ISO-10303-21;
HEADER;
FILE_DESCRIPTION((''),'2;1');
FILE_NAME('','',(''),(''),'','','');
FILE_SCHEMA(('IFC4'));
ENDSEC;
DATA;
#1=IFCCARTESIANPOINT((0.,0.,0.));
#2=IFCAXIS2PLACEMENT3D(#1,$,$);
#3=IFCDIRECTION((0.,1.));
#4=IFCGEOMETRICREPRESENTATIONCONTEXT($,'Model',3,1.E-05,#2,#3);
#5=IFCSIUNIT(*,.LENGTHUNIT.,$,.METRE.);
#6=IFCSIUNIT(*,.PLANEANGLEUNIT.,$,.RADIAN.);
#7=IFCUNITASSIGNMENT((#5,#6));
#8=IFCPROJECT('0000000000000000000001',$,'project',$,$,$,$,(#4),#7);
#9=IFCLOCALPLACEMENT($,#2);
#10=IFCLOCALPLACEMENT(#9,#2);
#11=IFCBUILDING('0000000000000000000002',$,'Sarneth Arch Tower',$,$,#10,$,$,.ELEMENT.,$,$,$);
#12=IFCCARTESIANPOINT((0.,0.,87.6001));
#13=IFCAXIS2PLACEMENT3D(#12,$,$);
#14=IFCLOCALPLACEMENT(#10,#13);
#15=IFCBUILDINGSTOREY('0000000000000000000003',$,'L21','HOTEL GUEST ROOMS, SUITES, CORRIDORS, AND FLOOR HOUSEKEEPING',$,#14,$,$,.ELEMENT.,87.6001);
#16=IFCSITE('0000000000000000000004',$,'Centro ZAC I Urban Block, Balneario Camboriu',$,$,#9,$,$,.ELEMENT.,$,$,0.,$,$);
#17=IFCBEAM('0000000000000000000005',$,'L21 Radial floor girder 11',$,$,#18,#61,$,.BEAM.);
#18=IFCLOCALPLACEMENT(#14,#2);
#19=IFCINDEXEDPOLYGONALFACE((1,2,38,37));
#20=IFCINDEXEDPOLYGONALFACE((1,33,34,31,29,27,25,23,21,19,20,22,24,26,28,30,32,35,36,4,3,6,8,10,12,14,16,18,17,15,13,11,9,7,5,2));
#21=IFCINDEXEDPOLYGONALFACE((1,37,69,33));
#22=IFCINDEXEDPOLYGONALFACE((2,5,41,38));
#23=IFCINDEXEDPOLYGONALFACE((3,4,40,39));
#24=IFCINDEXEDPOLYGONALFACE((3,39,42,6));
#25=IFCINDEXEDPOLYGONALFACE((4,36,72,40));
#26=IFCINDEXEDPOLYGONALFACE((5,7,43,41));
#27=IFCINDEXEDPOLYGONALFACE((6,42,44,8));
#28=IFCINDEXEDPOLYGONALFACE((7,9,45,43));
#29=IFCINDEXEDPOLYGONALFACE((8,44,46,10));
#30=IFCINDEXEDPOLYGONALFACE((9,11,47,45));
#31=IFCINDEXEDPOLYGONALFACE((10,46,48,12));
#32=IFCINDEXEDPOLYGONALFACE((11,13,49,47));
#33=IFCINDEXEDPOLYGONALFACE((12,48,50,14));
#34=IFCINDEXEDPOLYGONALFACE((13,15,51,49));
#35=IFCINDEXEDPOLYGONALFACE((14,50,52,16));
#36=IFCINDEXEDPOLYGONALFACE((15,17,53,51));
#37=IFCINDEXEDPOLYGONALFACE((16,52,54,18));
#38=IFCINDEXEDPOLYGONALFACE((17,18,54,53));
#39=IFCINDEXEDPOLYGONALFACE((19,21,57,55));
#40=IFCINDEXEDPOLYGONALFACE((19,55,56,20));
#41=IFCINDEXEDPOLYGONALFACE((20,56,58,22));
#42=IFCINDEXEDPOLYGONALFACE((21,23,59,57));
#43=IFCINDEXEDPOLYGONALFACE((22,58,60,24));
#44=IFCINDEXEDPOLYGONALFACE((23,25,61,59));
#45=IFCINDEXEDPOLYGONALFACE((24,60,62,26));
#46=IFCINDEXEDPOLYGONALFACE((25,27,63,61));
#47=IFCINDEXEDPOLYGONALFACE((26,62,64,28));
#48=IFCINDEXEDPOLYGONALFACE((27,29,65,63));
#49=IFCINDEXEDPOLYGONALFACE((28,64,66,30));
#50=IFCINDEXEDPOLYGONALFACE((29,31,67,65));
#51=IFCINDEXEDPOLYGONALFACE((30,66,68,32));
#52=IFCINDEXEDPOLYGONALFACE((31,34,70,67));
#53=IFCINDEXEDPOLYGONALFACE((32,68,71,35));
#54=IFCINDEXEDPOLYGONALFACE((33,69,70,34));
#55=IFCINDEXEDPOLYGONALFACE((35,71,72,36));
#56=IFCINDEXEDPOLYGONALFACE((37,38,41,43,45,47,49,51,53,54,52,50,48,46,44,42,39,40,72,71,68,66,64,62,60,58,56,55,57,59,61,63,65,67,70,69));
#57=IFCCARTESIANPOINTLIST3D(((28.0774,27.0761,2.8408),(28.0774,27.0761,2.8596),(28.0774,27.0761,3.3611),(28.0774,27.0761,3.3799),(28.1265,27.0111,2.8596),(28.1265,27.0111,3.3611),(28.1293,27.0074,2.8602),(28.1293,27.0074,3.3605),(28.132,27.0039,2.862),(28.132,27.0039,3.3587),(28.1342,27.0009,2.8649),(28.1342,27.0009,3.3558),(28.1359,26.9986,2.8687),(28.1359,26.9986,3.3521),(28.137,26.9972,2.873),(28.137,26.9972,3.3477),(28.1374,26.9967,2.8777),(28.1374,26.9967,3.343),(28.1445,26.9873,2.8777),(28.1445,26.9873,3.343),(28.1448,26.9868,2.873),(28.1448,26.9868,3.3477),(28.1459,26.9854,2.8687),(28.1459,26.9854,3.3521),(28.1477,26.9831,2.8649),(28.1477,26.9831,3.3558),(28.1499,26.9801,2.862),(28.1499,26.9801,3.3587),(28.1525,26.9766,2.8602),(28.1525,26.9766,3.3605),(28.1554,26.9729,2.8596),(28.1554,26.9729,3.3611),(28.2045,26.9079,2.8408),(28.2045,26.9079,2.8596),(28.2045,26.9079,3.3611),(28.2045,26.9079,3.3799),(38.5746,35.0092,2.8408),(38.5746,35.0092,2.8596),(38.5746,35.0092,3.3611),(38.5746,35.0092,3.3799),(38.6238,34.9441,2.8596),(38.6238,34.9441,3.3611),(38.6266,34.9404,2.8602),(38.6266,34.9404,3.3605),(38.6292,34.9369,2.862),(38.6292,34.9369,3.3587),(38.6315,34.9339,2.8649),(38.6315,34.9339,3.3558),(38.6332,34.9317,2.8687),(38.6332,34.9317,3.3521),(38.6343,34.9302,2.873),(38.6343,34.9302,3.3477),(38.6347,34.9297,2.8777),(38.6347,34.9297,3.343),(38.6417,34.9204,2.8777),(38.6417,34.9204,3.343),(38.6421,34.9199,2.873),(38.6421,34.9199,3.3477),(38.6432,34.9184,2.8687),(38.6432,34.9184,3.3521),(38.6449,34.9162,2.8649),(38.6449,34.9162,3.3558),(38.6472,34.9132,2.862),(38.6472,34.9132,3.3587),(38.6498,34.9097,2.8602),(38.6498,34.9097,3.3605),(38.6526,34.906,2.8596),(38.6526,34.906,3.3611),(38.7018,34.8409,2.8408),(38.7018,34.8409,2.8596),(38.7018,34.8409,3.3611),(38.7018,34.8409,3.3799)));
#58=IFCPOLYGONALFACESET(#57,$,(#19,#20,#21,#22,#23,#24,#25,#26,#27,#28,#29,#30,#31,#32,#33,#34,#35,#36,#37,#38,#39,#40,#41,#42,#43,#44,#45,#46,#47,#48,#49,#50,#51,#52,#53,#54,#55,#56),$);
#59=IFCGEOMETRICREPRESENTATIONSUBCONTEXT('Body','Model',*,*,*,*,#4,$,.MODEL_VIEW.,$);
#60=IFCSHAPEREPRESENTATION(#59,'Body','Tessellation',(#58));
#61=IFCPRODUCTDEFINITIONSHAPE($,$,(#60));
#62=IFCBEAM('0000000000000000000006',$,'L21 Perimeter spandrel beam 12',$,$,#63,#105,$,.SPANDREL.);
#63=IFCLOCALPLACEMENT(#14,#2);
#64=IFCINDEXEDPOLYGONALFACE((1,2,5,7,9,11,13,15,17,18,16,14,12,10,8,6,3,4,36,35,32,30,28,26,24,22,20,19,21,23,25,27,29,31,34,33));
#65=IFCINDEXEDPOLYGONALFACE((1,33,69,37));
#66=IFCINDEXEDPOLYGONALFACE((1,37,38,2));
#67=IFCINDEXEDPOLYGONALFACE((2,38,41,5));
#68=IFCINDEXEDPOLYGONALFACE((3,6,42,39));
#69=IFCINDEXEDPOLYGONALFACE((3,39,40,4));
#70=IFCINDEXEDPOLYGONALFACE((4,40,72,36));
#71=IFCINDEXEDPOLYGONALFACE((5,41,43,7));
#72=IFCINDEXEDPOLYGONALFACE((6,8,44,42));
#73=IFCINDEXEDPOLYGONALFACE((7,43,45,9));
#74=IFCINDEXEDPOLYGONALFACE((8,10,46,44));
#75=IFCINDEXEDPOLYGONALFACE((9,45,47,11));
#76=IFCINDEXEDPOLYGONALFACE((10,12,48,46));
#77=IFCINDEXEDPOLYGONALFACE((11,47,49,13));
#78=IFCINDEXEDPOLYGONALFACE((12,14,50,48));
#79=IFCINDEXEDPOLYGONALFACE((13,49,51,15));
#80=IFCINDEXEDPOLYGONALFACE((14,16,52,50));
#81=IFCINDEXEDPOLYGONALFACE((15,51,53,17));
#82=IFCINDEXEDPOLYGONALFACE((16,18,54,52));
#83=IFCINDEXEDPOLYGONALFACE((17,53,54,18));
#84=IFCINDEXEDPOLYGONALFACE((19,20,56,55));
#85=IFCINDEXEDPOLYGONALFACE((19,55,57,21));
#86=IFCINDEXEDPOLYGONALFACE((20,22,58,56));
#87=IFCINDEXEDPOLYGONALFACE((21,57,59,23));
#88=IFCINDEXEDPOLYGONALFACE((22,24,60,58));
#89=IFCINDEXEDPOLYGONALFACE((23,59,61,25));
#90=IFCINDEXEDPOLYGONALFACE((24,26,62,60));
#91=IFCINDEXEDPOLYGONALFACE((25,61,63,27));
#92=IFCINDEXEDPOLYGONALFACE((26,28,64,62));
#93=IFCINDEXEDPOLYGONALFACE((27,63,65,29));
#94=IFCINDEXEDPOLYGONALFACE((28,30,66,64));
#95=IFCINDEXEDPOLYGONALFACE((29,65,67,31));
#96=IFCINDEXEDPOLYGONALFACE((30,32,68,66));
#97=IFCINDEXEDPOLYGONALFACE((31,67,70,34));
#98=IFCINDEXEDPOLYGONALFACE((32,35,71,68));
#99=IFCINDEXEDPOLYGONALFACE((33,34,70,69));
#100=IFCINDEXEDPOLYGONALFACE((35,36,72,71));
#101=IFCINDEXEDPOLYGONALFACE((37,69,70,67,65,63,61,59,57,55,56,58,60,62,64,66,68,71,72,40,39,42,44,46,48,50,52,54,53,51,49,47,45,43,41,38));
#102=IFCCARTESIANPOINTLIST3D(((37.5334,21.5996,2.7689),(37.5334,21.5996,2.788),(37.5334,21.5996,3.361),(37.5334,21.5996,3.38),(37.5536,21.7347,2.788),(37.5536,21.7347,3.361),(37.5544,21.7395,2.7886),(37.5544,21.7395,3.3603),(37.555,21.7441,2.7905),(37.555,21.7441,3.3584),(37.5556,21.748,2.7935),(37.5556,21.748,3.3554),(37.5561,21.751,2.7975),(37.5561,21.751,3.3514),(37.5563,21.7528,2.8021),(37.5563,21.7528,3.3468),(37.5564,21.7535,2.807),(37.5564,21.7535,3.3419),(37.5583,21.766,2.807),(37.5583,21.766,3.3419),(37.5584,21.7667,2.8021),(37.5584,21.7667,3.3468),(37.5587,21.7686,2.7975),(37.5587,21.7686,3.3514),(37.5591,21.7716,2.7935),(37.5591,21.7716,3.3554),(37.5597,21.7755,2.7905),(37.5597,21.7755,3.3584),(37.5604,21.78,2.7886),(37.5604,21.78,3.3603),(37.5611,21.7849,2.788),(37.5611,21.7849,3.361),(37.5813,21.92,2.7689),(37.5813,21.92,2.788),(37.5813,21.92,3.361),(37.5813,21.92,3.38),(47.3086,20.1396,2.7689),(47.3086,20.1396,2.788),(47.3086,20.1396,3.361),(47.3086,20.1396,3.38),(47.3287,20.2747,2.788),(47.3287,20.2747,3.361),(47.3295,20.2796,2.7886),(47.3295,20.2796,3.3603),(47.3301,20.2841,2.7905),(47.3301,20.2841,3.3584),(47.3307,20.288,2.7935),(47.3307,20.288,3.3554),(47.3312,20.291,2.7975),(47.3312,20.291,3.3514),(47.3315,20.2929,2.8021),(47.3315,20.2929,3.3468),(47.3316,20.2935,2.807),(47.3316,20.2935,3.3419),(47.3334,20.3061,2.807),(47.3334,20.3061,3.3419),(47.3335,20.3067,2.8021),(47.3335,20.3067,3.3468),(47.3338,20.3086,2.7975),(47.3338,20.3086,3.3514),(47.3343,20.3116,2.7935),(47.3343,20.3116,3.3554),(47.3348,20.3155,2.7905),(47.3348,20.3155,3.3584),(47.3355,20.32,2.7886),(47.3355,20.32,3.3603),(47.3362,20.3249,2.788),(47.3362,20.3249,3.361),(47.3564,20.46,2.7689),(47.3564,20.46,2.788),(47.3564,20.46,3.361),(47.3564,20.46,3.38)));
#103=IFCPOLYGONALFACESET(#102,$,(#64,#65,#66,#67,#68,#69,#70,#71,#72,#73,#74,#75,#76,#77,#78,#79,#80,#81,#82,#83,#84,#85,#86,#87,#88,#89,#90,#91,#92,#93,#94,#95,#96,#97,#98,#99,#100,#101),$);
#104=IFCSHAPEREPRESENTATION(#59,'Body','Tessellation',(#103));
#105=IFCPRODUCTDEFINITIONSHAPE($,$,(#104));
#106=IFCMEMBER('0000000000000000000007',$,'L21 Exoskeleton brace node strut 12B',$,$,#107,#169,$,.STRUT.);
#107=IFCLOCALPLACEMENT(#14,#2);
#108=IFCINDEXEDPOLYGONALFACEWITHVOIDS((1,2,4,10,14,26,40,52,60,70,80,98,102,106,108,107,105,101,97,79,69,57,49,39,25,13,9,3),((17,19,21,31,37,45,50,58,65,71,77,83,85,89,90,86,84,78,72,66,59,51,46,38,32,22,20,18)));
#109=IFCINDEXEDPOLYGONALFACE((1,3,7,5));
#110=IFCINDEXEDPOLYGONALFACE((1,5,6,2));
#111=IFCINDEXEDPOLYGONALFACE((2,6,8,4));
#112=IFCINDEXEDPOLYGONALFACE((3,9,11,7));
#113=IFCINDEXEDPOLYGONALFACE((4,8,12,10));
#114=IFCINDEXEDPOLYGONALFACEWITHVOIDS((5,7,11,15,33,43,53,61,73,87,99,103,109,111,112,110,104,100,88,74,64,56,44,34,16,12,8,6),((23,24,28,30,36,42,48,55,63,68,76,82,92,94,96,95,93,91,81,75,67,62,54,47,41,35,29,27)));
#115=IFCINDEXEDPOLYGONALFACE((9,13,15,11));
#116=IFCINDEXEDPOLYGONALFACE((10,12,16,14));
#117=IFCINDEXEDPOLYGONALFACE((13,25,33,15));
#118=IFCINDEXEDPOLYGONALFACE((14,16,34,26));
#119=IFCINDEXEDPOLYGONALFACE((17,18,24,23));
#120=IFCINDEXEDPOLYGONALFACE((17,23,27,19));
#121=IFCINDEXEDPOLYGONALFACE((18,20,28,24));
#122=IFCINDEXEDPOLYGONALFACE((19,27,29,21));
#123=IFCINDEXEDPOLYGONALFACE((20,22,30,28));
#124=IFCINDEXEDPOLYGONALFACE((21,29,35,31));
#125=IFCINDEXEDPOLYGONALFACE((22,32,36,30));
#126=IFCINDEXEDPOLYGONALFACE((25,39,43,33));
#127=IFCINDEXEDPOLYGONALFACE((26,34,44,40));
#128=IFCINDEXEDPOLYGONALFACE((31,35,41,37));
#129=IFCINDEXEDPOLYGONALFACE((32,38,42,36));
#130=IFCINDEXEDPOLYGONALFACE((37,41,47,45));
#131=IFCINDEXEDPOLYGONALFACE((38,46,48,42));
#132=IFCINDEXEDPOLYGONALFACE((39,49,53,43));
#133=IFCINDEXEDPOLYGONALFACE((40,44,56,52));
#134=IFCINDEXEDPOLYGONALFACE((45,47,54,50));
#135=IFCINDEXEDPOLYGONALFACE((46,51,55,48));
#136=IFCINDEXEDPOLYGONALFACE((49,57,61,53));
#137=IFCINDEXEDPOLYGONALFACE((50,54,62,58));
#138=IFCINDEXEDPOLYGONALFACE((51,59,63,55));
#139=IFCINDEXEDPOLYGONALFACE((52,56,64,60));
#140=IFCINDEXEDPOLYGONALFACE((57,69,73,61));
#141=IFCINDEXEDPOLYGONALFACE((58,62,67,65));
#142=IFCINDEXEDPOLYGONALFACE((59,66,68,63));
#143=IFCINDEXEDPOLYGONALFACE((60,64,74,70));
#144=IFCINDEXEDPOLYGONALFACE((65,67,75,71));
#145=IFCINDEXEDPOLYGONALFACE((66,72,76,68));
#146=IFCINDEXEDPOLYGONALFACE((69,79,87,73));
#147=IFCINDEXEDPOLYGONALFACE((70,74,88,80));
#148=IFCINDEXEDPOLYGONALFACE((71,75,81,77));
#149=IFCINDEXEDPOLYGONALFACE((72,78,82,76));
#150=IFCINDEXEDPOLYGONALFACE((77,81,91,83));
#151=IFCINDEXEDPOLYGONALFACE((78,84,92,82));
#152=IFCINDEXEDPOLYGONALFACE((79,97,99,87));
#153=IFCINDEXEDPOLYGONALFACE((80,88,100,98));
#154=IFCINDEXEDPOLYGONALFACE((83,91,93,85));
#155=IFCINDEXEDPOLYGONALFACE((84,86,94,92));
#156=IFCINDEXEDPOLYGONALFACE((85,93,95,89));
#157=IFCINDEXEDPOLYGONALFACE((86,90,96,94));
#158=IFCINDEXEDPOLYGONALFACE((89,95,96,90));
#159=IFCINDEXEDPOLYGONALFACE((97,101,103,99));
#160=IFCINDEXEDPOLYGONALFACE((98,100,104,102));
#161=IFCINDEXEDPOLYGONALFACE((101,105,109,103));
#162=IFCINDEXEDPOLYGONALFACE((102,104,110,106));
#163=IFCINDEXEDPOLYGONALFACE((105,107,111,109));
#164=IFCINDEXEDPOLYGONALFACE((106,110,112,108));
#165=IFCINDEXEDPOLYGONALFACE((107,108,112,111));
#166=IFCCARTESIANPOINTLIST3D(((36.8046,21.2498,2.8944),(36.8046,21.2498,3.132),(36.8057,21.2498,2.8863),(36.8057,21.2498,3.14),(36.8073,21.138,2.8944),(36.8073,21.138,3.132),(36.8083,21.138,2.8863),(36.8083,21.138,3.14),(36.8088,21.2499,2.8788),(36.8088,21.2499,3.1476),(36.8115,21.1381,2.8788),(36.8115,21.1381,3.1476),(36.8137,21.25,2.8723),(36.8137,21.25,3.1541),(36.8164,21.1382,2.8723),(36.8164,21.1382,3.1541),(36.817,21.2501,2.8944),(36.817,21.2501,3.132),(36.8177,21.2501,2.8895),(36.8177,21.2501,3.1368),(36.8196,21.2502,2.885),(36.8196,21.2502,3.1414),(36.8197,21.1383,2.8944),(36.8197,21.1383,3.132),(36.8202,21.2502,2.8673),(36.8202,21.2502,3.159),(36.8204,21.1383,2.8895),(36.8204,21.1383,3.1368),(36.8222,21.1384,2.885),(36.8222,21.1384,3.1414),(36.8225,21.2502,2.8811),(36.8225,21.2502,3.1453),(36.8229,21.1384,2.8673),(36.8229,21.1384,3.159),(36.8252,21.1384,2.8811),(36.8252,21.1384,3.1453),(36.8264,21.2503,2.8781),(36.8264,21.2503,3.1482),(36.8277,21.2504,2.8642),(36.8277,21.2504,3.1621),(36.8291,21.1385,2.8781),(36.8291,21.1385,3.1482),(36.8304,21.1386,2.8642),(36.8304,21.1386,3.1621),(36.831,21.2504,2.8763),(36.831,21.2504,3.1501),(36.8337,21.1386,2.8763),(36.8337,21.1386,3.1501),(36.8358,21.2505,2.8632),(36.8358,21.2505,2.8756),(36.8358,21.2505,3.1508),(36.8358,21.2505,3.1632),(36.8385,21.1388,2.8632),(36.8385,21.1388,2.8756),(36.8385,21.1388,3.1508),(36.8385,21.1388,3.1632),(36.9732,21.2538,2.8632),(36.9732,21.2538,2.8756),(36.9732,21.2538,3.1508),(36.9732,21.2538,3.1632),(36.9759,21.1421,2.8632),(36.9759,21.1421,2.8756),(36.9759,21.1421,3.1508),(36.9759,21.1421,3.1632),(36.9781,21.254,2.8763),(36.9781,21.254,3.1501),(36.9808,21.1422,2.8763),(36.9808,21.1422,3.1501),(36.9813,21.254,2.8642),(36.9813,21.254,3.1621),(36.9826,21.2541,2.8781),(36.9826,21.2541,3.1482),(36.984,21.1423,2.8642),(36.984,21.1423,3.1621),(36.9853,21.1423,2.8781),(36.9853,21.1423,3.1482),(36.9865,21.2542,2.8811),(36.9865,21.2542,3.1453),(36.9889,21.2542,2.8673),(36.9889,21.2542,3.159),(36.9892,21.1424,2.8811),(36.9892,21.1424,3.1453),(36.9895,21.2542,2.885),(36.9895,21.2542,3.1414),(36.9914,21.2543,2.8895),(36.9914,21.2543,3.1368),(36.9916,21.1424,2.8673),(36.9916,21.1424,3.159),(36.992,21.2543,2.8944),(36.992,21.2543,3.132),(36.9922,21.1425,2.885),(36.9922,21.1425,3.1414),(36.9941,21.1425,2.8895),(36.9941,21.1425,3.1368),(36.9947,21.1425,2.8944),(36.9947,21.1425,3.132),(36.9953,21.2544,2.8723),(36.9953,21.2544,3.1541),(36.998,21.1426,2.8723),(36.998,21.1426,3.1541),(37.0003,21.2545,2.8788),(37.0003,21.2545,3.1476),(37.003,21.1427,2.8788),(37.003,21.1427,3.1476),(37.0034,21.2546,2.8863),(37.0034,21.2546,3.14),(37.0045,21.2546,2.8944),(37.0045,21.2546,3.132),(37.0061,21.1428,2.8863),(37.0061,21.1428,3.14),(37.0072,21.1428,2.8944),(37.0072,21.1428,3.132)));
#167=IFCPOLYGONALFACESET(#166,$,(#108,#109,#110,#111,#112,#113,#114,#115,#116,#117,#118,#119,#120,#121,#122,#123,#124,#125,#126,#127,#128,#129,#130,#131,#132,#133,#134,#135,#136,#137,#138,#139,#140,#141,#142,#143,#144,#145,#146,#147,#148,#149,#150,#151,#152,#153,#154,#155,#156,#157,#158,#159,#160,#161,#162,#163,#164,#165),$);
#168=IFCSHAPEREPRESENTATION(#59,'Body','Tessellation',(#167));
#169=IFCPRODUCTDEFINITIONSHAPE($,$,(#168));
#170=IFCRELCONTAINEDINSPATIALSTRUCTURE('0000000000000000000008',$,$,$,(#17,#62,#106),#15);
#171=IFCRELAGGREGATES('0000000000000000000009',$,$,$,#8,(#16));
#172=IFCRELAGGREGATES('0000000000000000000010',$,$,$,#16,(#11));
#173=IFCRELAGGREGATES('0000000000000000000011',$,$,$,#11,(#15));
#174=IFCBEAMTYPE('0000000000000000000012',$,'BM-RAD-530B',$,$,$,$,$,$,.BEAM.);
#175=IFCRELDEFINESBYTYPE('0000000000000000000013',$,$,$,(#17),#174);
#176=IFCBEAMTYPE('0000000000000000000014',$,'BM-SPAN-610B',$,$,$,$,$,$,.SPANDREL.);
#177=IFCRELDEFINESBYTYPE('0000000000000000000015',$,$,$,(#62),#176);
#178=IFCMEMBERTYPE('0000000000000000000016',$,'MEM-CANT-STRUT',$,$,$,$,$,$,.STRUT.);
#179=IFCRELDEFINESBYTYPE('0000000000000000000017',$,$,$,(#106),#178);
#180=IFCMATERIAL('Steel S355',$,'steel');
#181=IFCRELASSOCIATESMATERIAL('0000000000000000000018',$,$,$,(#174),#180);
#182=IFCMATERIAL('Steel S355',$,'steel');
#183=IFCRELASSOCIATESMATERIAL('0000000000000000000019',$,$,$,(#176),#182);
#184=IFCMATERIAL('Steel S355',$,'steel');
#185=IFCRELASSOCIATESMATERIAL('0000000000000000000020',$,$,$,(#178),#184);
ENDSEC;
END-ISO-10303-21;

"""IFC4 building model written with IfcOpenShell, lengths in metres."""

from ifc_helpers import new_model, si_unit, direction, frame, origin, origin_2d, place, context, subcontext, project, spatial, hollow_rectangle, i_section, extrude, material, material_profile, profile_set, type_object, element, save


model = new_model("IFC4")

# Units and contexts
model_context = context("Model", 3, precision=1e-05, world=origin(), true_north=direction((0.0, 1.0)))
body_context = subcontext(model_context, "Body", "Model", "MODEL_VIEW")
ifc_project = project(units=[si_unit("LENGTHUNIT", "METRE"), si_unit("PLANEANGLEUNIT", "RADIAN")], contexts=[model_context])

# Site, building, storey
site_placement = place(None, origin())
site = spatial("IfcSite", under=ifc_project, at=site_placement, Name="Centro ZAC I Urban Block, Balneario Camboriu", CompositionType="ELEMENT", RefElevation=0.0)
building_placement = place(site_placement, origin())
building = spatial("IfcBuilding", under=site, at=building_placement, Name="Sarneth Arch Tower", CompositionType="ELEMENT")
storey_placement = place(building_placement, frame((0.0, 0.0, 87.6001)))
storey = spatial("IfcBuildingStorey", under=building, at=storey_placement, Name="L21", Description="HOTEL GUEST ROOMS, SUITES, CORRIDORS, AND FLOOR HOUSEKEEPING", CompositionType="ELEMENT", Elevation=87.6001)

# Beams
ifc_material_1 = material(Name="Steel S355", Category="steel")
ifc_material_profile_1 = material_profile(ifc_material_1, i_section(OverallWidth=0.2109, OverallDepth=0.5391, WebThickness=0.0117, FlangeThickness=0.0188, FilletRadius=0.0181, at=origin_2d()), Name="W530x109")
ifc_profile_set_1 = profile_set([ifc_material_profile_1], Name="Steel S355")
beam_type_1 = type_object("IfcBeamType", Name="BM-RAD-530B", PredefinedType="BEAM", material=ifc_profile_set_1)
beam_1_placement = place(storey_placement, frame((38.6382, 34.925, 3.1104), z_axis=(-0.797801, -0.60292, 0.0), x_axis=(0.60292, -0.797801, 0.0)))
element("IfcBeam", 1, at=beam_1_placement, inside=storey, type_object=beam_type_1, Name="L21 Radial floor girder 11", PredefinedType="BEAM", context=body_context, shape_type="SweptSolid", body=[
    extrude(i_section(OverallWidth=0.2109, OverallDepth=0.5391, WebThickness=0.0117, FlangeThickness=0.0188, FilletRadius=0.0181, at=origin_2d()), origin(), (0.0, 0.0, 1.0), 13.1577),
])
ifc_material_2 = material(Name="Steel S355", Category="steel")
ifc_material_profile_2 = material_profile(ifc_material_2, i_section(OverallWidth=0.324, OverallDepth=0.6111, WebThickness=0.0127, FlangeThickness=0.019, FilletRadius=0.019, at=origin_2d()), Name="W610x155")
ifc_profile_set_2 = profile_set([ifc_material_profile_2], Name="Steel S355")
beam_type_2 = type_object("IfcBeamType", Name="BM-SPAN-610B", PredefinedType="SPANDREL", material=ifc_profile_set_2)
beam_2_placement = place(storey_placement, frame((37.5574, 21.7598, 3.0745), z_axis=(0.98903, -0.147716, 0.0), x_axis=(0.147716, 0.98903, 0.0)))
element("IfcBeam", 2, at=beam_2_placement, inside=storey, type_object=beam_type_2, Name="L21 Perimeter spandrel beam 12", PredefinedType="SPANDREL", context=body_context, shape_type="SweptSolid", body=[
    extrude(i_section(OverallWidth=0.324, OverallDepth=0.6111, WebThickness=0.0127, FlangeThickness=0.019, FilletRadius=0.019, at=origin_2d()), origin(), (0.0, 0.0, 1.0), 9.8835),
])

# Member
ifc_material_3 = material(Name="Steel S355", Category="steel")
ifc_material_profile_3 = material_profile(ifc_material_3, hollow_rectangle(XDim=0.2, YDim=0.3, WallThickness=0.0125, InnerFilletRadius=0.0188, OuterFilletRadius=0.0312, at=origin_2d()), Name="RHS300x200x12.5")
ifc_profile_set_3 = profile_set([ifc_material_profile_3], Name="Steel S355")
member_type_1 = type_object("IfcMemberType", Name="MEM-CANT-STRUT", PredefinedType="STRUT", material=ifc_profile_set_3)
member_1_placement = place(storey_placement, frame((36.9045, 21.2522, 3.0132), z_axis=(0.024011, -0.999712, 0.0), x_axis=(0.999712, 0.024011, 0.0)))
element("IfcMember", 3, at=member_1_placement, inside=storey, type_object=member_type_1, Name="L21 Exoskeleton brace node strut 12B", PredefinedType="STRUT", context=body_context, shape_type="SweptSolid", body=[
    extrude(hollow_rectangle(XDim=0.2, YDim=0.3, WallThickness=0.0125, InnerFilletRadius=0.0188, OuterFilletRadius=0.0312, at=origin_2d()), origin(), (0.0, 0.0, 1.0), 0.1118),
])

save(model, "model.ifc")
